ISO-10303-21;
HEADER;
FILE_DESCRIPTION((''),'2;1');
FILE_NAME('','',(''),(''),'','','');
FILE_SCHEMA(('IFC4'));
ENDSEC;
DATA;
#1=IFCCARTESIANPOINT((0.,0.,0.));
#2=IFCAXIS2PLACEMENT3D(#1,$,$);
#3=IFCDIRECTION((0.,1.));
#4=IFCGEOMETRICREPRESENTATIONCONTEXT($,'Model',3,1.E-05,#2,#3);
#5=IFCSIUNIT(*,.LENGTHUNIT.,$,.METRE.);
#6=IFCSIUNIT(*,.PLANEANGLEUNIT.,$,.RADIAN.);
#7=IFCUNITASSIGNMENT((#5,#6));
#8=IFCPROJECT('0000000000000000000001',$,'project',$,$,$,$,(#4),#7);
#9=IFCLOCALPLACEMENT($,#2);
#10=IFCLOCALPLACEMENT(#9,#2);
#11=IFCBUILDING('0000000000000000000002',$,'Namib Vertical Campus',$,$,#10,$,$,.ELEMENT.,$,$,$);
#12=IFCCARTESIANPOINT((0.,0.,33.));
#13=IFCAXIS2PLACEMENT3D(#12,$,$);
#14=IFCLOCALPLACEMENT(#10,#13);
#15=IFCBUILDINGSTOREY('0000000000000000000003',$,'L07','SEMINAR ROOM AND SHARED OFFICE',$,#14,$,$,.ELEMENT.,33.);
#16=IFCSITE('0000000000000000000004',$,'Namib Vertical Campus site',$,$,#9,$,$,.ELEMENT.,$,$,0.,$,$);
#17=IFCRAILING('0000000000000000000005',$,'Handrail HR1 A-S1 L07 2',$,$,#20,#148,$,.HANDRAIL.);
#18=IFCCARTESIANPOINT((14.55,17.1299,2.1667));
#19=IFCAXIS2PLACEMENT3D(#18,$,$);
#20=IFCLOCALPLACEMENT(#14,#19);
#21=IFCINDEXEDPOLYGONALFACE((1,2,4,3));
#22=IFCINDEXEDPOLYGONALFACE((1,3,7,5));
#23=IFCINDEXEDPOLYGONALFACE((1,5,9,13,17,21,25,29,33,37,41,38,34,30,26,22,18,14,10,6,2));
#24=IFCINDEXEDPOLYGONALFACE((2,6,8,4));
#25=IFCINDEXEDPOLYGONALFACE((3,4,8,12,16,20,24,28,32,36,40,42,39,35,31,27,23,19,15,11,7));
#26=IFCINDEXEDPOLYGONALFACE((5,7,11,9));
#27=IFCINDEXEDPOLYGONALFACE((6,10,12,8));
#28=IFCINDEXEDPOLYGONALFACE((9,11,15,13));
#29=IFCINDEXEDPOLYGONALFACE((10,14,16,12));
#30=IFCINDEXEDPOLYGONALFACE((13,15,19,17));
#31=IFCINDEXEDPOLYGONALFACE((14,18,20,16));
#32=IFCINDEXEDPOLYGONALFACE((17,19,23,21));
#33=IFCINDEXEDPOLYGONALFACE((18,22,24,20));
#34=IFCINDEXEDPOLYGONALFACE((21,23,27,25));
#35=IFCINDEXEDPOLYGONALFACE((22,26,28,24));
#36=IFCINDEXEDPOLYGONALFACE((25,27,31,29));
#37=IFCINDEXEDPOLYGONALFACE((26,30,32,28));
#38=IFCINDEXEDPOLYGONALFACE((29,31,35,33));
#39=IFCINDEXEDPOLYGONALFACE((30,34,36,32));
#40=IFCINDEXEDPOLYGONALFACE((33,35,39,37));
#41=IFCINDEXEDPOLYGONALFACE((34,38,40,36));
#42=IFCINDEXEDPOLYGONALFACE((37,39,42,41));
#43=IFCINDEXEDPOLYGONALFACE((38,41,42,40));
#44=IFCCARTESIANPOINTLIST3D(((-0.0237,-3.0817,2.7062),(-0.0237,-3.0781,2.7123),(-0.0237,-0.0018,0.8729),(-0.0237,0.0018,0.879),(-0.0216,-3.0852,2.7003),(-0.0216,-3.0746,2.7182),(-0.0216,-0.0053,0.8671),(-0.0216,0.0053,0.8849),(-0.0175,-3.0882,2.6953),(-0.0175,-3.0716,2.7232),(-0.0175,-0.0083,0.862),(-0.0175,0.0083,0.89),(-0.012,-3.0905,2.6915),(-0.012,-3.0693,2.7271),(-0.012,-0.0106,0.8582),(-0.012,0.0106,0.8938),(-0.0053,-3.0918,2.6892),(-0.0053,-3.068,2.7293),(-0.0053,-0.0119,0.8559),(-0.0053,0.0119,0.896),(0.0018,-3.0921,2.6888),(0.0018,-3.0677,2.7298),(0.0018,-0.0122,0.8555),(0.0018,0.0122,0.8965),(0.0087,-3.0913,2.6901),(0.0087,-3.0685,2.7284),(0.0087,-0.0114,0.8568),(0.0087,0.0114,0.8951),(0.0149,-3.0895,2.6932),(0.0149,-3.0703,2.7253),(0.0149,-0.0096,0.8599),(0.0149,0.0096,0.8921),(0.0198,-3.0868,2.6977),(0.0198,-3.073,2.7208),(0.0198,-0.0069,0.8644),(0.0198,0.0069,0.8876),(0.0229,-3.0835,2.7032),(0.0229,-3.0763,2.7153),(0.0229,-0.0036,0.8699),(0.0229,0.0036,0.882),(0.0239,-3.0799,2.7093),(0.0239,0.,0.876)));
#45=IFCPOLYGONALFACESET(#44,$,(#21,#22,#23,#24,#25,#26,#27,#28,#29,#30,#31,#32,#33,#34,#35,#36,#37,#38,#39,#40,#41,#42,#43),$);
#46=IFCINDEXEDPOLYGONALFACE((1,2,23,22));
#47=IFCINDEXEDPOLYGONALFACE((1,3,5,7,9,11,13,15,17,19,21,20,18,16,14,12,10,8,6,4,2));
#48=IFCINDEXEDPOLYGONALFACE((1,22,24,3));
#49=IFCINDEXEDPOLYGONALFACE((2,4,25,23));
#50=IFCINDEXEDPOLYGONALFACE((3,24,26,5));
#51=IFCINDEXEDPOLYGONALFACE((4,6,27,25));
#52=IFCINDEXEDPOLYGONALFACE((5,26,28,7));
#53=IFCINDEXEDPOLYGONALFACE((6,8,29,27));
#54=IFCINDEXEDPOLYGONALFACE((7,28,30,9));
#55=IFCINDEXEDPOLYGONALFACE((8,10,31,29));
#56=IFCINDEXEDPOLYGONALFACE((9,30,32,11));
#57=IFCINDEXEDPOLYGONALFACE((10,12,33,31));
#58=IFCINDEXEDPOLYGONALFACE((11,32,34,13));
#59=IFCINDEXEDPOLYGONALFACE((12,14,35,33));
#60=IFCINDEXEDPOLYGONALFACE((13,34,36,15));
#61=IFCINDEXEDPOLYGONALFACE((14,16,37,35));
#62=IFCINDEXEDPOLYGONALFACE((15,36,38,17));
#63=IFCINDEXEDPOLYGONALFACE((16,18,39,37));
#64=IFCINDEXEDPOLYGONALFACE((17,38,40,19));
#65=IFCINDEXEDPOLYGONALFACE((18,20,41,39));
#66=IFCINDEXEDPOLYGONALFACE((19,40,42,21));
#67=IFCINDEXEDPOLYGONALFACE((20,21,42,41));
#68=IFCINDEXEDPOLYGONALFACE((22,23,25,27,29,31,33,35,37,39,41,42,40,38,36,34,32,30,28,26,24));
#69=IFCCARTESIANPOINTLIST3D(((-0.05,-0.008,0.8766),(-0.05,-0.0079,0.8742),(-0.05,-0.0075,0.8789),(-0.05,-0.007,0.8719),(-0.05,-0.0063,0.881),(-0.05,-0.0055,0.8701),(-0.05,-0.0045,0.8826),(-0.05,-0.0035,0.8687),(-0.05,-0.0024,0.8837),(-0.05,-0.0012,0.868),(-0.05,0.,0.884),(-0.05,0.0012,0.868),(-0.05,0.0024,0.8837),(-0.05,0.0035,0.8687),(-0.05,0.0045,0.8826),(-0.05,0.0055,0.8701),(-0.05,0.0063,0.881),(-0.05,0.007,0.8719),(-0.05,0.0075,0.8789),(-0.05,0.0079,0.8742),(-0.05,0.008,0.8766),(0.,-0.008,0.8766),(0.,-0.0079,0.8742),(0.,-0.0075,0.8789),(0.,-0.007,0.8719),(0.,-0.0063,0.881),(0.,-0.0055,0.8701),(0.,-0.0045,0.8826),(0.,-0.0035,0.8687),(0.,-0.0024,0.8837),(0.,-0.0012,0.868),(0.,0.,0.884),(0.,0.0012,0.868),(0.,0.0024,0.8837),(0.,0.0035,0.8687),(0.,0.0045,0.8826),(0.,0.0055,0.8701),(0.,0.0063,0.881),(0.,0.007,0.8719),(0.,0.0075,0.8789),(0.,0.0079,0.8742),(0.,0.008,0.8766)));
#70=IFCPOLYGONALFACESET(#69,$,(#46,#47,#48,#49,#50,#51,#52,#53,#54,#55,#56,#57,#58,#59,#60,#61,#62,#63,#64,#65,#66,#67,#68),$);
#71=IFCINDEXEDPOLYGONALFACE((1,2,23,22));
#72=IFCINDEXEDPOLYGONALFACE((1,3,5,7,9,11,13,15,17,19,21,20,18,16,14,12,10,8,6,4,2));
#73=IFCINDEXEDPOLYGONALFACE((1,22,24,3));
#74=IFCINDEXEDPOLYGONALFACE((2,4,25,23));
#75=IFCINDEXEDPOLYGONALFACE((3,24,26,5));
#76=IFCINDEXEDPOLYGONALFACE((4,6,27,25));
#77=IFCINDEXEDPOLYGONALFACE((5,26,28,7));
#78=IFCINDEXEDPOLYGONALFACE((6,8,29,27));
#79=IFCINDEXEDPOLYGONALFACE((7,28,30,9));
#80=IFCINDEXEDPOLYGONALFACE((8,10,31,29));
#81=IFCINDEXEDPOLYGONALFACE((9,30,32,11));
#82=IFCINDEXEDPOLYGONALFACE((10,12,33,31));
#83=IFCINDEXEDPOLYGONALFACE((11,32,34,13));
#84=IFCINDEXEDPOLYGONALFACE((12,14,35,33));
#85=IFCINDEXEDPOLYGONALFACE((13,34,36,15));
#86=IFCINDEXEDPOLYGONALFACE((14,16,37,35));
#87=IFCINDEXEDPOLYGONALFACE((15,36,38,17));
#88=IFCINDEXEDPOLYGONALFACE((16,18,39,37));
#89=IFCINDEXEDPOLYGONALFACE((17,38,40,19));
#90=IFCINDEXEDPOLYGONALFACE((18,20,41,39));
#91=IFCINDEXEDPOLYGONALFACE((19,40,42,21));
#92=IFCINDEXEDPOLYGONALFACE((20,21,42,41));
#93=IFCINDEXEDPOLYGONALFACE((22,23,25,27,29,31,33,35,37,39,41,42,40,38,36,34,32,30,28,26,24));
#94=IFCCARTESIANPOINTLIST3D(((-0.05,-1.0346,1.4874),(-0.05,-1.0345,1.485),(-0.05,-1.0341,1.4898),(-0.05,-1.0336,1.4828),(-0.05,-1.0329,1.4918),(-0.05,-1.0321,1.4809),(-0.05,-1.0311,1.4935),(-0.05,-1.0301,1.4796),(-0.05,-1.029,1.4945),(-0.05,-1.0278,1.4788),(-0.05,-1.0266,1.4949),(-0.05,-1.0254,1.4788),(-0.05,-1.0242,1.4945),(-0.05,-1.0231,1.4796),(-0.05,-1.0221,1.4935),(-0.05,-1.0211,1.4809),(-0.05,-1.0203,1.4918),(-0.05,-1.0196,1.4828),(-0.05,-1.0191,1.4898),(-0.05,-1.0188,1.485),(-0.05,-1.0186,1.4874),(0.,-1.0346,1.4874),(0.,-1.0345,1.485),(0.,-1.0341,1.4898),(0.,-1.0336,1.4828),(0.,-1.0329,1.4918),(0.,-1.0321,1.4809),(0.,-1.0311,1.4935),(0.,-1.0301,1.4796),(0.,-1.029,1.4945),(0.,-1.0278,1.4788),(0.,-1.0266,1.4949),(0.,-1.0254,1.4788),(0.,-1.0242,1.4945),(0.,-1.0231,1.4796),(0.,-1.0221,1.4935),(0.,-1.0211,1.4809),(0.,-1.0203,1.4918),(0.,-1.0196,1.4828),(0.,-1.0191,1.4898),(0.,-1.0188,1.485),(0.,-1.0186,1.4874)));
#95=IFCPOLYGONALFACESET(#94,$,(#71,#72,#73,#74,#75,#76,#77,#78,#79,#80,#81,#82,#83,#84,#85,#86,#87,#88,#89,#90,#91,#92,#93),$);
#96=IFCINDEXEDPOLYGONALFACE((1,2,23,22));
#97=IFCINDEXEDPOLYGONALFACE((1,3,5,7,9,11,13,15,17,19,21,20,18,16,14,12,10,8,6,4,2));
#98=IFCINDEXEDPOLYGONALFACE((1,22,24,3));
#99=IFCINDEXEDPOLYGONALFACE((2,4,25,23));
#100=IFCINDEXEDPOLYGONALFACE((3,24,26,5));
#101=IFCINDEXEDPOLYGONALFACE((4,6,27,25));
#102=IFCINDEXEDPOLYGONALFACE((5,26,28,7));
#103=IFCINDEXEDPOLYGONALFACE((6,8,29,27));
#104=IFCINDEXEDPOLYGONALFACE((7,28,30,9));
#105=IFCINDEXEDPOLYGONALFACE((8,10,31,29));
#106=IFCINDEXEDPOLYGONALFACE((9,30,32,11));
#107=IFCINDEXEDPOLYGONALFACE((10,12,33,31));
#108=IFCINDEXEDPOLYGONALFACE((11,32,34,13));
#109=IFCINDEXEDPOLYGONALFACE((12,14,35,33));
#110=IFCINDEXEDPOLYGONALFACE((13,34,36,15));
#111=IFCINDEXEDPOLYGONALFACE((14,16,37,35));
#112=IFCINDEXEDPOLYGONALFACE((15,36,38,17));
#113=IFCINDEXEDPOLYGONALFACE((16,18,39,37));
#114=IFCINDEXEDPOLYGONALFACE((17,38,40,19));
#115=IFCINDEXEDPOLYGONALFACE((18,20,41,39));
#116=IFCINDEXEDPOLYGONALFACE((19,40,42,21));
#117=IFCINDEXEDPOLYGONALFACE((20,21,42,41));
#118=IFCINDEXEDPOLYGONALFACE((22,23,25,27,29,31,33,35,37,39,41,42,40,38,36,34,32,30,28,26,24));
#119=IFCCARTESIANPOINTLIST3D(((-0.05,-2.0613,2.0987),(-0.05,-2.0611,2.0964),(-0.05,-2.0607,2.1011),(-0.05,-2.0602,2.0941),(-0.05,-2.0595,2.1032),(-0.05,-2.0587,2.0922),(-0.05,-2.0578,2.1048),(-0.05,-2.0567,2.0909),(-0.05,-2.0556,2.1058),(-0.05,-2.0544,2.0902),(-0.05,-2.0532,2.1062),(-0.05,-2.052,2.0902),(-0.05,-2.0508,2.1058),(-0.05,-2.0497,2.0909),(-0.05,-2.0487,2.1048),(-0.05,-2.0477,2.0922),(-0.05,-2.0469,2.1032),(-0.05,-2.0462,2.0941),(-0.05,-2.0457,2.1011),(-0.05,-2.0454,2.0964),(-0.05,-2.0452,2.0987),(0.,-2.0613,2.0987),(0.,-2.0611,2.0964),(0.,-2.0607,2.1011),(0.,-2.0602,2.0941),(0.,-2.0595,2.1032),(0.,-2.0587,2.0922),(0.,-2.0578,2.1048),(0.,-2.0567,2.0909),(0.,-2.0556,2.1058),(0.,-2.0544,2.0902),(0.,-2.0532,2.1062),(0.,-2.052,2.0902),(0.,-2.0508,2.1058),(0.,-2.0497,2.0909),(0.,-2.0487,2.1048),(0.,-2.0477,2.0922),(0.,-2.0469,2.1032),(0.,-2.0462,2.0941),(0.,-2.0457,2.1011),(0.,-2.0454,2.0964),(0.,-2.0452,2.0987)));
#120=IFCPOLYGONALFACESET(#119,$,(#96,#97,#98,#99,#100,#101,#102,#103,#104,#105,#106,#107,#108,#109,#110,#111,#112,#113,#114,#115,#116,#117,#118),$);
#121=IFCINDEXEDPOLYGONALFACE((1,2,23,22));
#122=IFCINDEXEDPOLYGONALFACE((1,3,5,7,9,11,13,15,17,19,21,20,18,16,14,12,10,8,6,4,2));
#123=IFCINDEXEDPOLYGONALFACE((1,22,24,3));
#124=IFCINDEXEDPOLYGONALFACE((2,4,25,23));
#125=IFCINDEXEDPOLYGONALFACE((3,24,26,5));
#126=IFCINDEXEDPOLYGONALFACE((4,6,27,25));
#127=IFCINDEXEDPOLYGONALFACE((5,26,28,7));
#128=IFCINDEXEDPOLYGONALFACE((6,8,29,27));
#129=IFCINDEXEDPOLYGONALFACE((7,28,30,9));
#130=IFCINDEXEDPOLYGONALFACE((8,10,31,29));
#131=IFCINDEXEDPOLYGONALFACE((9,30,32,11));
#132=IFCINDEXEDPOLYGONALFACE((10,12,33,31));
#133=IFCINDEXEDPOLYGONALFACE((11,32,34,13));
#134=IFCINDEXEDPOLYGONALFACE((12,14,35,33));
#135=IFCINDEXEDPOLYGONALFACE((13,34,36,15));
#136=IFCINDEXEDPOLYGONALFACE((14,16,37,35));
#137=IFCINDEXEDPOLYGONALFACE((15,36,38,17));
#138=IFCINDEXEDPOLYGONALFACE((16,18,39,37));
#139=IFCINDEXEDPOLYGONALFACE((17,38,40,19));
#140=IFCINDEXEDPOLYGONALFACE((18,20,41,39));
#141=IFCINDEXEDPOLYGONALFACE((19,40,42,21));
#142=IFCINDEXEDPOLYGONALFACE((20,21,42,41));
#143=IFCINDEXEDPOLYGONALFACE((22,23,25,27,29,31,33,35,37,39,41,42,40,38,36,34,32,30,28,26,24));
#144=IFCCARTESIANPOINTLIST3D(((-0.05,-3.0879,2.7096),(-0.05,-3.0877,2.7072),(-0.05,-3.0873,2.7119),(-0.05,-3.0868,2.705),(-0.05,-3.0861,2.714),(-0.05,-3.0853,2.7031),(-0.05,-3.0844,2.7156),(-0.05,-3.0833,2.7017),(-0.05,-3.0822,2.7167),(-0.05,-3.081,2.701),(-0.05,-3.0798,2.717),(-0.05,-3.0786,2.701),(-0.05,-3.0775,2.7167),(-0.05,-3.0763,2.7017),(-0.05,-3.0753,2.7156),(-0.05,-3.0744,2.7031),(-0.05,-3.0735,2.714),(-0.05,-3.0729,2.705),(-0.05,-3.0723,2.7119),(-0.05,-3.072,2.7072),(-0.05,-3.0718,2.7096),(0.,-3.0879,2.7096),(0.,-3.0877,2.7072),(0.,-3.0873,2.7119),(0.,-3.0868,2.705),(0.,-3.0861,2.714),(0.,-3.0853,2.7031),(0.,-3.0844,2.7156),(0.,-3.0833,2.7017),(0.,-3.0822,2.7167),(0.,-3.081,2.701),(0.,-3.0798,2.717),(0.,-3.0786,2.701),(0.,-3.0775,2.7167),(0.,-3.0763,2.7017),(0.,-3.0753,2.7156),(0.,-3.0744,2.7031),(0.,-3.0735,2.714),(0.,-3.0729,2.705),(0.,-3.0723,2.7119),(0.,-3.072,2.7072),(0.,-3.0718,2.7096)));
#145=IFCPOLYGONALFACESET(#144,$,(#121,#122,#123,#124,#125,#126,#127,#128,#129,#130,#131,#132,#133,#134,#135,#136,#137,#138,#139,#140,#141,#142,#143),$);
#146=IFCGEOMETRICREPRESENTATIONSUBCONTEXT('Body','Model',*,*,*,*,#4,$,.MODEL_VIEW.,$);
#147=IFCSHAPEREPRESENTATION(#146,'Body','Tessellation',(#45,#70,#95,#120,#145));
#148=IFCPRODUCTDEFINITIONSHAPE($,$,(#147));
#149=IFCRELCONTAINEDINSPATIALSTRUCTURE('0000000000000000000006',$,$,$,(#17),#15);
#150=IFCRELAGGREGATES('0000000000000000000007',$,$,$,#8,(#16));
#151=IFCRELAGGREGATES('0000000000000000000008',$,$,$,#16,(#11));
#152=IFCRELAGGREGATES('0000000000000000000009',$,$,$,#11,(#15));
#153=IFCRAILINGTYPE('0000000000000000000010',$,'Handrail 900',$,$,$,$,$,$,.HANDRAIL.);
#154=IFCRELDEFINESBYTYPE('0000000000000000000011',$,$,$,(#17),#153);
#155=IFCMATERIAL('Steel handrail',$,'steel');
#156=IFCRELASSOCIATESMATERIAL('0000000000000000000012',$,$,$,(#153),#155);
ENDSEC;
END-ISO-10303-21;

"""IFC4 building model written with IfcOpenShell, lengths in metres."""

from ifc_helpers import new_model, si_unit, direction, frame, origin, origin_2d, place, context, subcontext, project, spatial, circle, extrude, material, type_object, element, save


model = new_model("IFC4")

# Units and contexts
model_context = context("Model", 3, precision=1e-05, world=origin(), true_north=direction((0.0, 1.0)))
body_context = subcontext(model_context, "Body", "Model", "MODEL_VIEW")
ifc_project = project(units=[si_unit("LENGTHUNIT", "METRE"), si_unit("PLANEANGLEUNIT", "RADIAN")], contexts=[model_context])

# Site, building, storey
site_placement = place(None, origin())
site = spatial("IfcSite", under=ifc_project, at=site_placement, Name="Namib Vertical Campus site", CompositionType="ELEMENT", RefElevation=0.0)
building_placement = place(site_placement, origin())
building = spatial("IfcBuilding", under=site, at=building_placement, Name="Namib Vertical Campus", CompositionType="ELEMENT")
storey_placement = place(building_placement, frame((0.0, 0.0, 33.0)))
storey = spatial("IfcBuildingStorey", under=building, at=storey_placement, Name="L07", Description="SEMINAR ROOM AND SHARED OFFICE", CompositionType="ELEMENT", Elevation=33.0)

# Railing
ifc_material_1 = material(Name="Steel handrail", Category="steel")
railing_type_1 = type_object("IfcRailingType", Name="Handrail 900", PredefinedType="HANDRAIL", material=ifc_material_1)
railing_1_placement = place(storey_placement, frame((14.55, 17.1299, 2.1667)))
element("IfcRailing", 1, at=railing_1_placement, inside=storey, type_object=railing_type_1, Name="Handrail HR1 A-S1 L07 2", PredefinedType="HANDRAIL", context=body_context, shape_type="SweptSolid", body=[
    extrude(circle(Radius=0.0239, at=origin_2d()), frame((0.0, 0.0, 0.876), z_axis=(0.0, -0.859291, 0.511487), x_axis=(1.0, 0.0, 0.0)), (0.0, 0.0, 1.0), 3.5842),
    extrude(circle(Radius=0.0081, at=origin_2d()), frame((0.0, 0.0, 0.876), z_axis=(-1.0, 0.0, 0.0), x_axis=(0.0, 0.0, 1.0)), (0.0, 0.0, 1.0), 0.05),
    extrude(circle(Radius=0.0081, at=origin_2d()), frame((0.0, -1.0266, 1.4868), z_axis=(-1.0, 0.0, 0.0), x_axis=(0.0, 0.0, 1.0)), (0.0, 0.0, 1.0), 0.05),
    extrude(circle(Radius=0.0081, at=origin_2d()), frame((0.0, -2.0532, 2.0981), z_axis=(-1.0, 0.0, 0.0), x_axis=(0.0, 0.0, 1.0)), (0.0, 0.0, 1.0), 0.05),
    extrude(circle(Radius=0.0081, at=origin_2d()), frame((0.0, -3.0798, 2.709), z_axis=(-1.0, 0.0, 0.0), x_axis=(0.0, 0.0, 1.0)), (0.0, 0.0, 1.0), 0.05),
])

save(model, "model.ifc")
